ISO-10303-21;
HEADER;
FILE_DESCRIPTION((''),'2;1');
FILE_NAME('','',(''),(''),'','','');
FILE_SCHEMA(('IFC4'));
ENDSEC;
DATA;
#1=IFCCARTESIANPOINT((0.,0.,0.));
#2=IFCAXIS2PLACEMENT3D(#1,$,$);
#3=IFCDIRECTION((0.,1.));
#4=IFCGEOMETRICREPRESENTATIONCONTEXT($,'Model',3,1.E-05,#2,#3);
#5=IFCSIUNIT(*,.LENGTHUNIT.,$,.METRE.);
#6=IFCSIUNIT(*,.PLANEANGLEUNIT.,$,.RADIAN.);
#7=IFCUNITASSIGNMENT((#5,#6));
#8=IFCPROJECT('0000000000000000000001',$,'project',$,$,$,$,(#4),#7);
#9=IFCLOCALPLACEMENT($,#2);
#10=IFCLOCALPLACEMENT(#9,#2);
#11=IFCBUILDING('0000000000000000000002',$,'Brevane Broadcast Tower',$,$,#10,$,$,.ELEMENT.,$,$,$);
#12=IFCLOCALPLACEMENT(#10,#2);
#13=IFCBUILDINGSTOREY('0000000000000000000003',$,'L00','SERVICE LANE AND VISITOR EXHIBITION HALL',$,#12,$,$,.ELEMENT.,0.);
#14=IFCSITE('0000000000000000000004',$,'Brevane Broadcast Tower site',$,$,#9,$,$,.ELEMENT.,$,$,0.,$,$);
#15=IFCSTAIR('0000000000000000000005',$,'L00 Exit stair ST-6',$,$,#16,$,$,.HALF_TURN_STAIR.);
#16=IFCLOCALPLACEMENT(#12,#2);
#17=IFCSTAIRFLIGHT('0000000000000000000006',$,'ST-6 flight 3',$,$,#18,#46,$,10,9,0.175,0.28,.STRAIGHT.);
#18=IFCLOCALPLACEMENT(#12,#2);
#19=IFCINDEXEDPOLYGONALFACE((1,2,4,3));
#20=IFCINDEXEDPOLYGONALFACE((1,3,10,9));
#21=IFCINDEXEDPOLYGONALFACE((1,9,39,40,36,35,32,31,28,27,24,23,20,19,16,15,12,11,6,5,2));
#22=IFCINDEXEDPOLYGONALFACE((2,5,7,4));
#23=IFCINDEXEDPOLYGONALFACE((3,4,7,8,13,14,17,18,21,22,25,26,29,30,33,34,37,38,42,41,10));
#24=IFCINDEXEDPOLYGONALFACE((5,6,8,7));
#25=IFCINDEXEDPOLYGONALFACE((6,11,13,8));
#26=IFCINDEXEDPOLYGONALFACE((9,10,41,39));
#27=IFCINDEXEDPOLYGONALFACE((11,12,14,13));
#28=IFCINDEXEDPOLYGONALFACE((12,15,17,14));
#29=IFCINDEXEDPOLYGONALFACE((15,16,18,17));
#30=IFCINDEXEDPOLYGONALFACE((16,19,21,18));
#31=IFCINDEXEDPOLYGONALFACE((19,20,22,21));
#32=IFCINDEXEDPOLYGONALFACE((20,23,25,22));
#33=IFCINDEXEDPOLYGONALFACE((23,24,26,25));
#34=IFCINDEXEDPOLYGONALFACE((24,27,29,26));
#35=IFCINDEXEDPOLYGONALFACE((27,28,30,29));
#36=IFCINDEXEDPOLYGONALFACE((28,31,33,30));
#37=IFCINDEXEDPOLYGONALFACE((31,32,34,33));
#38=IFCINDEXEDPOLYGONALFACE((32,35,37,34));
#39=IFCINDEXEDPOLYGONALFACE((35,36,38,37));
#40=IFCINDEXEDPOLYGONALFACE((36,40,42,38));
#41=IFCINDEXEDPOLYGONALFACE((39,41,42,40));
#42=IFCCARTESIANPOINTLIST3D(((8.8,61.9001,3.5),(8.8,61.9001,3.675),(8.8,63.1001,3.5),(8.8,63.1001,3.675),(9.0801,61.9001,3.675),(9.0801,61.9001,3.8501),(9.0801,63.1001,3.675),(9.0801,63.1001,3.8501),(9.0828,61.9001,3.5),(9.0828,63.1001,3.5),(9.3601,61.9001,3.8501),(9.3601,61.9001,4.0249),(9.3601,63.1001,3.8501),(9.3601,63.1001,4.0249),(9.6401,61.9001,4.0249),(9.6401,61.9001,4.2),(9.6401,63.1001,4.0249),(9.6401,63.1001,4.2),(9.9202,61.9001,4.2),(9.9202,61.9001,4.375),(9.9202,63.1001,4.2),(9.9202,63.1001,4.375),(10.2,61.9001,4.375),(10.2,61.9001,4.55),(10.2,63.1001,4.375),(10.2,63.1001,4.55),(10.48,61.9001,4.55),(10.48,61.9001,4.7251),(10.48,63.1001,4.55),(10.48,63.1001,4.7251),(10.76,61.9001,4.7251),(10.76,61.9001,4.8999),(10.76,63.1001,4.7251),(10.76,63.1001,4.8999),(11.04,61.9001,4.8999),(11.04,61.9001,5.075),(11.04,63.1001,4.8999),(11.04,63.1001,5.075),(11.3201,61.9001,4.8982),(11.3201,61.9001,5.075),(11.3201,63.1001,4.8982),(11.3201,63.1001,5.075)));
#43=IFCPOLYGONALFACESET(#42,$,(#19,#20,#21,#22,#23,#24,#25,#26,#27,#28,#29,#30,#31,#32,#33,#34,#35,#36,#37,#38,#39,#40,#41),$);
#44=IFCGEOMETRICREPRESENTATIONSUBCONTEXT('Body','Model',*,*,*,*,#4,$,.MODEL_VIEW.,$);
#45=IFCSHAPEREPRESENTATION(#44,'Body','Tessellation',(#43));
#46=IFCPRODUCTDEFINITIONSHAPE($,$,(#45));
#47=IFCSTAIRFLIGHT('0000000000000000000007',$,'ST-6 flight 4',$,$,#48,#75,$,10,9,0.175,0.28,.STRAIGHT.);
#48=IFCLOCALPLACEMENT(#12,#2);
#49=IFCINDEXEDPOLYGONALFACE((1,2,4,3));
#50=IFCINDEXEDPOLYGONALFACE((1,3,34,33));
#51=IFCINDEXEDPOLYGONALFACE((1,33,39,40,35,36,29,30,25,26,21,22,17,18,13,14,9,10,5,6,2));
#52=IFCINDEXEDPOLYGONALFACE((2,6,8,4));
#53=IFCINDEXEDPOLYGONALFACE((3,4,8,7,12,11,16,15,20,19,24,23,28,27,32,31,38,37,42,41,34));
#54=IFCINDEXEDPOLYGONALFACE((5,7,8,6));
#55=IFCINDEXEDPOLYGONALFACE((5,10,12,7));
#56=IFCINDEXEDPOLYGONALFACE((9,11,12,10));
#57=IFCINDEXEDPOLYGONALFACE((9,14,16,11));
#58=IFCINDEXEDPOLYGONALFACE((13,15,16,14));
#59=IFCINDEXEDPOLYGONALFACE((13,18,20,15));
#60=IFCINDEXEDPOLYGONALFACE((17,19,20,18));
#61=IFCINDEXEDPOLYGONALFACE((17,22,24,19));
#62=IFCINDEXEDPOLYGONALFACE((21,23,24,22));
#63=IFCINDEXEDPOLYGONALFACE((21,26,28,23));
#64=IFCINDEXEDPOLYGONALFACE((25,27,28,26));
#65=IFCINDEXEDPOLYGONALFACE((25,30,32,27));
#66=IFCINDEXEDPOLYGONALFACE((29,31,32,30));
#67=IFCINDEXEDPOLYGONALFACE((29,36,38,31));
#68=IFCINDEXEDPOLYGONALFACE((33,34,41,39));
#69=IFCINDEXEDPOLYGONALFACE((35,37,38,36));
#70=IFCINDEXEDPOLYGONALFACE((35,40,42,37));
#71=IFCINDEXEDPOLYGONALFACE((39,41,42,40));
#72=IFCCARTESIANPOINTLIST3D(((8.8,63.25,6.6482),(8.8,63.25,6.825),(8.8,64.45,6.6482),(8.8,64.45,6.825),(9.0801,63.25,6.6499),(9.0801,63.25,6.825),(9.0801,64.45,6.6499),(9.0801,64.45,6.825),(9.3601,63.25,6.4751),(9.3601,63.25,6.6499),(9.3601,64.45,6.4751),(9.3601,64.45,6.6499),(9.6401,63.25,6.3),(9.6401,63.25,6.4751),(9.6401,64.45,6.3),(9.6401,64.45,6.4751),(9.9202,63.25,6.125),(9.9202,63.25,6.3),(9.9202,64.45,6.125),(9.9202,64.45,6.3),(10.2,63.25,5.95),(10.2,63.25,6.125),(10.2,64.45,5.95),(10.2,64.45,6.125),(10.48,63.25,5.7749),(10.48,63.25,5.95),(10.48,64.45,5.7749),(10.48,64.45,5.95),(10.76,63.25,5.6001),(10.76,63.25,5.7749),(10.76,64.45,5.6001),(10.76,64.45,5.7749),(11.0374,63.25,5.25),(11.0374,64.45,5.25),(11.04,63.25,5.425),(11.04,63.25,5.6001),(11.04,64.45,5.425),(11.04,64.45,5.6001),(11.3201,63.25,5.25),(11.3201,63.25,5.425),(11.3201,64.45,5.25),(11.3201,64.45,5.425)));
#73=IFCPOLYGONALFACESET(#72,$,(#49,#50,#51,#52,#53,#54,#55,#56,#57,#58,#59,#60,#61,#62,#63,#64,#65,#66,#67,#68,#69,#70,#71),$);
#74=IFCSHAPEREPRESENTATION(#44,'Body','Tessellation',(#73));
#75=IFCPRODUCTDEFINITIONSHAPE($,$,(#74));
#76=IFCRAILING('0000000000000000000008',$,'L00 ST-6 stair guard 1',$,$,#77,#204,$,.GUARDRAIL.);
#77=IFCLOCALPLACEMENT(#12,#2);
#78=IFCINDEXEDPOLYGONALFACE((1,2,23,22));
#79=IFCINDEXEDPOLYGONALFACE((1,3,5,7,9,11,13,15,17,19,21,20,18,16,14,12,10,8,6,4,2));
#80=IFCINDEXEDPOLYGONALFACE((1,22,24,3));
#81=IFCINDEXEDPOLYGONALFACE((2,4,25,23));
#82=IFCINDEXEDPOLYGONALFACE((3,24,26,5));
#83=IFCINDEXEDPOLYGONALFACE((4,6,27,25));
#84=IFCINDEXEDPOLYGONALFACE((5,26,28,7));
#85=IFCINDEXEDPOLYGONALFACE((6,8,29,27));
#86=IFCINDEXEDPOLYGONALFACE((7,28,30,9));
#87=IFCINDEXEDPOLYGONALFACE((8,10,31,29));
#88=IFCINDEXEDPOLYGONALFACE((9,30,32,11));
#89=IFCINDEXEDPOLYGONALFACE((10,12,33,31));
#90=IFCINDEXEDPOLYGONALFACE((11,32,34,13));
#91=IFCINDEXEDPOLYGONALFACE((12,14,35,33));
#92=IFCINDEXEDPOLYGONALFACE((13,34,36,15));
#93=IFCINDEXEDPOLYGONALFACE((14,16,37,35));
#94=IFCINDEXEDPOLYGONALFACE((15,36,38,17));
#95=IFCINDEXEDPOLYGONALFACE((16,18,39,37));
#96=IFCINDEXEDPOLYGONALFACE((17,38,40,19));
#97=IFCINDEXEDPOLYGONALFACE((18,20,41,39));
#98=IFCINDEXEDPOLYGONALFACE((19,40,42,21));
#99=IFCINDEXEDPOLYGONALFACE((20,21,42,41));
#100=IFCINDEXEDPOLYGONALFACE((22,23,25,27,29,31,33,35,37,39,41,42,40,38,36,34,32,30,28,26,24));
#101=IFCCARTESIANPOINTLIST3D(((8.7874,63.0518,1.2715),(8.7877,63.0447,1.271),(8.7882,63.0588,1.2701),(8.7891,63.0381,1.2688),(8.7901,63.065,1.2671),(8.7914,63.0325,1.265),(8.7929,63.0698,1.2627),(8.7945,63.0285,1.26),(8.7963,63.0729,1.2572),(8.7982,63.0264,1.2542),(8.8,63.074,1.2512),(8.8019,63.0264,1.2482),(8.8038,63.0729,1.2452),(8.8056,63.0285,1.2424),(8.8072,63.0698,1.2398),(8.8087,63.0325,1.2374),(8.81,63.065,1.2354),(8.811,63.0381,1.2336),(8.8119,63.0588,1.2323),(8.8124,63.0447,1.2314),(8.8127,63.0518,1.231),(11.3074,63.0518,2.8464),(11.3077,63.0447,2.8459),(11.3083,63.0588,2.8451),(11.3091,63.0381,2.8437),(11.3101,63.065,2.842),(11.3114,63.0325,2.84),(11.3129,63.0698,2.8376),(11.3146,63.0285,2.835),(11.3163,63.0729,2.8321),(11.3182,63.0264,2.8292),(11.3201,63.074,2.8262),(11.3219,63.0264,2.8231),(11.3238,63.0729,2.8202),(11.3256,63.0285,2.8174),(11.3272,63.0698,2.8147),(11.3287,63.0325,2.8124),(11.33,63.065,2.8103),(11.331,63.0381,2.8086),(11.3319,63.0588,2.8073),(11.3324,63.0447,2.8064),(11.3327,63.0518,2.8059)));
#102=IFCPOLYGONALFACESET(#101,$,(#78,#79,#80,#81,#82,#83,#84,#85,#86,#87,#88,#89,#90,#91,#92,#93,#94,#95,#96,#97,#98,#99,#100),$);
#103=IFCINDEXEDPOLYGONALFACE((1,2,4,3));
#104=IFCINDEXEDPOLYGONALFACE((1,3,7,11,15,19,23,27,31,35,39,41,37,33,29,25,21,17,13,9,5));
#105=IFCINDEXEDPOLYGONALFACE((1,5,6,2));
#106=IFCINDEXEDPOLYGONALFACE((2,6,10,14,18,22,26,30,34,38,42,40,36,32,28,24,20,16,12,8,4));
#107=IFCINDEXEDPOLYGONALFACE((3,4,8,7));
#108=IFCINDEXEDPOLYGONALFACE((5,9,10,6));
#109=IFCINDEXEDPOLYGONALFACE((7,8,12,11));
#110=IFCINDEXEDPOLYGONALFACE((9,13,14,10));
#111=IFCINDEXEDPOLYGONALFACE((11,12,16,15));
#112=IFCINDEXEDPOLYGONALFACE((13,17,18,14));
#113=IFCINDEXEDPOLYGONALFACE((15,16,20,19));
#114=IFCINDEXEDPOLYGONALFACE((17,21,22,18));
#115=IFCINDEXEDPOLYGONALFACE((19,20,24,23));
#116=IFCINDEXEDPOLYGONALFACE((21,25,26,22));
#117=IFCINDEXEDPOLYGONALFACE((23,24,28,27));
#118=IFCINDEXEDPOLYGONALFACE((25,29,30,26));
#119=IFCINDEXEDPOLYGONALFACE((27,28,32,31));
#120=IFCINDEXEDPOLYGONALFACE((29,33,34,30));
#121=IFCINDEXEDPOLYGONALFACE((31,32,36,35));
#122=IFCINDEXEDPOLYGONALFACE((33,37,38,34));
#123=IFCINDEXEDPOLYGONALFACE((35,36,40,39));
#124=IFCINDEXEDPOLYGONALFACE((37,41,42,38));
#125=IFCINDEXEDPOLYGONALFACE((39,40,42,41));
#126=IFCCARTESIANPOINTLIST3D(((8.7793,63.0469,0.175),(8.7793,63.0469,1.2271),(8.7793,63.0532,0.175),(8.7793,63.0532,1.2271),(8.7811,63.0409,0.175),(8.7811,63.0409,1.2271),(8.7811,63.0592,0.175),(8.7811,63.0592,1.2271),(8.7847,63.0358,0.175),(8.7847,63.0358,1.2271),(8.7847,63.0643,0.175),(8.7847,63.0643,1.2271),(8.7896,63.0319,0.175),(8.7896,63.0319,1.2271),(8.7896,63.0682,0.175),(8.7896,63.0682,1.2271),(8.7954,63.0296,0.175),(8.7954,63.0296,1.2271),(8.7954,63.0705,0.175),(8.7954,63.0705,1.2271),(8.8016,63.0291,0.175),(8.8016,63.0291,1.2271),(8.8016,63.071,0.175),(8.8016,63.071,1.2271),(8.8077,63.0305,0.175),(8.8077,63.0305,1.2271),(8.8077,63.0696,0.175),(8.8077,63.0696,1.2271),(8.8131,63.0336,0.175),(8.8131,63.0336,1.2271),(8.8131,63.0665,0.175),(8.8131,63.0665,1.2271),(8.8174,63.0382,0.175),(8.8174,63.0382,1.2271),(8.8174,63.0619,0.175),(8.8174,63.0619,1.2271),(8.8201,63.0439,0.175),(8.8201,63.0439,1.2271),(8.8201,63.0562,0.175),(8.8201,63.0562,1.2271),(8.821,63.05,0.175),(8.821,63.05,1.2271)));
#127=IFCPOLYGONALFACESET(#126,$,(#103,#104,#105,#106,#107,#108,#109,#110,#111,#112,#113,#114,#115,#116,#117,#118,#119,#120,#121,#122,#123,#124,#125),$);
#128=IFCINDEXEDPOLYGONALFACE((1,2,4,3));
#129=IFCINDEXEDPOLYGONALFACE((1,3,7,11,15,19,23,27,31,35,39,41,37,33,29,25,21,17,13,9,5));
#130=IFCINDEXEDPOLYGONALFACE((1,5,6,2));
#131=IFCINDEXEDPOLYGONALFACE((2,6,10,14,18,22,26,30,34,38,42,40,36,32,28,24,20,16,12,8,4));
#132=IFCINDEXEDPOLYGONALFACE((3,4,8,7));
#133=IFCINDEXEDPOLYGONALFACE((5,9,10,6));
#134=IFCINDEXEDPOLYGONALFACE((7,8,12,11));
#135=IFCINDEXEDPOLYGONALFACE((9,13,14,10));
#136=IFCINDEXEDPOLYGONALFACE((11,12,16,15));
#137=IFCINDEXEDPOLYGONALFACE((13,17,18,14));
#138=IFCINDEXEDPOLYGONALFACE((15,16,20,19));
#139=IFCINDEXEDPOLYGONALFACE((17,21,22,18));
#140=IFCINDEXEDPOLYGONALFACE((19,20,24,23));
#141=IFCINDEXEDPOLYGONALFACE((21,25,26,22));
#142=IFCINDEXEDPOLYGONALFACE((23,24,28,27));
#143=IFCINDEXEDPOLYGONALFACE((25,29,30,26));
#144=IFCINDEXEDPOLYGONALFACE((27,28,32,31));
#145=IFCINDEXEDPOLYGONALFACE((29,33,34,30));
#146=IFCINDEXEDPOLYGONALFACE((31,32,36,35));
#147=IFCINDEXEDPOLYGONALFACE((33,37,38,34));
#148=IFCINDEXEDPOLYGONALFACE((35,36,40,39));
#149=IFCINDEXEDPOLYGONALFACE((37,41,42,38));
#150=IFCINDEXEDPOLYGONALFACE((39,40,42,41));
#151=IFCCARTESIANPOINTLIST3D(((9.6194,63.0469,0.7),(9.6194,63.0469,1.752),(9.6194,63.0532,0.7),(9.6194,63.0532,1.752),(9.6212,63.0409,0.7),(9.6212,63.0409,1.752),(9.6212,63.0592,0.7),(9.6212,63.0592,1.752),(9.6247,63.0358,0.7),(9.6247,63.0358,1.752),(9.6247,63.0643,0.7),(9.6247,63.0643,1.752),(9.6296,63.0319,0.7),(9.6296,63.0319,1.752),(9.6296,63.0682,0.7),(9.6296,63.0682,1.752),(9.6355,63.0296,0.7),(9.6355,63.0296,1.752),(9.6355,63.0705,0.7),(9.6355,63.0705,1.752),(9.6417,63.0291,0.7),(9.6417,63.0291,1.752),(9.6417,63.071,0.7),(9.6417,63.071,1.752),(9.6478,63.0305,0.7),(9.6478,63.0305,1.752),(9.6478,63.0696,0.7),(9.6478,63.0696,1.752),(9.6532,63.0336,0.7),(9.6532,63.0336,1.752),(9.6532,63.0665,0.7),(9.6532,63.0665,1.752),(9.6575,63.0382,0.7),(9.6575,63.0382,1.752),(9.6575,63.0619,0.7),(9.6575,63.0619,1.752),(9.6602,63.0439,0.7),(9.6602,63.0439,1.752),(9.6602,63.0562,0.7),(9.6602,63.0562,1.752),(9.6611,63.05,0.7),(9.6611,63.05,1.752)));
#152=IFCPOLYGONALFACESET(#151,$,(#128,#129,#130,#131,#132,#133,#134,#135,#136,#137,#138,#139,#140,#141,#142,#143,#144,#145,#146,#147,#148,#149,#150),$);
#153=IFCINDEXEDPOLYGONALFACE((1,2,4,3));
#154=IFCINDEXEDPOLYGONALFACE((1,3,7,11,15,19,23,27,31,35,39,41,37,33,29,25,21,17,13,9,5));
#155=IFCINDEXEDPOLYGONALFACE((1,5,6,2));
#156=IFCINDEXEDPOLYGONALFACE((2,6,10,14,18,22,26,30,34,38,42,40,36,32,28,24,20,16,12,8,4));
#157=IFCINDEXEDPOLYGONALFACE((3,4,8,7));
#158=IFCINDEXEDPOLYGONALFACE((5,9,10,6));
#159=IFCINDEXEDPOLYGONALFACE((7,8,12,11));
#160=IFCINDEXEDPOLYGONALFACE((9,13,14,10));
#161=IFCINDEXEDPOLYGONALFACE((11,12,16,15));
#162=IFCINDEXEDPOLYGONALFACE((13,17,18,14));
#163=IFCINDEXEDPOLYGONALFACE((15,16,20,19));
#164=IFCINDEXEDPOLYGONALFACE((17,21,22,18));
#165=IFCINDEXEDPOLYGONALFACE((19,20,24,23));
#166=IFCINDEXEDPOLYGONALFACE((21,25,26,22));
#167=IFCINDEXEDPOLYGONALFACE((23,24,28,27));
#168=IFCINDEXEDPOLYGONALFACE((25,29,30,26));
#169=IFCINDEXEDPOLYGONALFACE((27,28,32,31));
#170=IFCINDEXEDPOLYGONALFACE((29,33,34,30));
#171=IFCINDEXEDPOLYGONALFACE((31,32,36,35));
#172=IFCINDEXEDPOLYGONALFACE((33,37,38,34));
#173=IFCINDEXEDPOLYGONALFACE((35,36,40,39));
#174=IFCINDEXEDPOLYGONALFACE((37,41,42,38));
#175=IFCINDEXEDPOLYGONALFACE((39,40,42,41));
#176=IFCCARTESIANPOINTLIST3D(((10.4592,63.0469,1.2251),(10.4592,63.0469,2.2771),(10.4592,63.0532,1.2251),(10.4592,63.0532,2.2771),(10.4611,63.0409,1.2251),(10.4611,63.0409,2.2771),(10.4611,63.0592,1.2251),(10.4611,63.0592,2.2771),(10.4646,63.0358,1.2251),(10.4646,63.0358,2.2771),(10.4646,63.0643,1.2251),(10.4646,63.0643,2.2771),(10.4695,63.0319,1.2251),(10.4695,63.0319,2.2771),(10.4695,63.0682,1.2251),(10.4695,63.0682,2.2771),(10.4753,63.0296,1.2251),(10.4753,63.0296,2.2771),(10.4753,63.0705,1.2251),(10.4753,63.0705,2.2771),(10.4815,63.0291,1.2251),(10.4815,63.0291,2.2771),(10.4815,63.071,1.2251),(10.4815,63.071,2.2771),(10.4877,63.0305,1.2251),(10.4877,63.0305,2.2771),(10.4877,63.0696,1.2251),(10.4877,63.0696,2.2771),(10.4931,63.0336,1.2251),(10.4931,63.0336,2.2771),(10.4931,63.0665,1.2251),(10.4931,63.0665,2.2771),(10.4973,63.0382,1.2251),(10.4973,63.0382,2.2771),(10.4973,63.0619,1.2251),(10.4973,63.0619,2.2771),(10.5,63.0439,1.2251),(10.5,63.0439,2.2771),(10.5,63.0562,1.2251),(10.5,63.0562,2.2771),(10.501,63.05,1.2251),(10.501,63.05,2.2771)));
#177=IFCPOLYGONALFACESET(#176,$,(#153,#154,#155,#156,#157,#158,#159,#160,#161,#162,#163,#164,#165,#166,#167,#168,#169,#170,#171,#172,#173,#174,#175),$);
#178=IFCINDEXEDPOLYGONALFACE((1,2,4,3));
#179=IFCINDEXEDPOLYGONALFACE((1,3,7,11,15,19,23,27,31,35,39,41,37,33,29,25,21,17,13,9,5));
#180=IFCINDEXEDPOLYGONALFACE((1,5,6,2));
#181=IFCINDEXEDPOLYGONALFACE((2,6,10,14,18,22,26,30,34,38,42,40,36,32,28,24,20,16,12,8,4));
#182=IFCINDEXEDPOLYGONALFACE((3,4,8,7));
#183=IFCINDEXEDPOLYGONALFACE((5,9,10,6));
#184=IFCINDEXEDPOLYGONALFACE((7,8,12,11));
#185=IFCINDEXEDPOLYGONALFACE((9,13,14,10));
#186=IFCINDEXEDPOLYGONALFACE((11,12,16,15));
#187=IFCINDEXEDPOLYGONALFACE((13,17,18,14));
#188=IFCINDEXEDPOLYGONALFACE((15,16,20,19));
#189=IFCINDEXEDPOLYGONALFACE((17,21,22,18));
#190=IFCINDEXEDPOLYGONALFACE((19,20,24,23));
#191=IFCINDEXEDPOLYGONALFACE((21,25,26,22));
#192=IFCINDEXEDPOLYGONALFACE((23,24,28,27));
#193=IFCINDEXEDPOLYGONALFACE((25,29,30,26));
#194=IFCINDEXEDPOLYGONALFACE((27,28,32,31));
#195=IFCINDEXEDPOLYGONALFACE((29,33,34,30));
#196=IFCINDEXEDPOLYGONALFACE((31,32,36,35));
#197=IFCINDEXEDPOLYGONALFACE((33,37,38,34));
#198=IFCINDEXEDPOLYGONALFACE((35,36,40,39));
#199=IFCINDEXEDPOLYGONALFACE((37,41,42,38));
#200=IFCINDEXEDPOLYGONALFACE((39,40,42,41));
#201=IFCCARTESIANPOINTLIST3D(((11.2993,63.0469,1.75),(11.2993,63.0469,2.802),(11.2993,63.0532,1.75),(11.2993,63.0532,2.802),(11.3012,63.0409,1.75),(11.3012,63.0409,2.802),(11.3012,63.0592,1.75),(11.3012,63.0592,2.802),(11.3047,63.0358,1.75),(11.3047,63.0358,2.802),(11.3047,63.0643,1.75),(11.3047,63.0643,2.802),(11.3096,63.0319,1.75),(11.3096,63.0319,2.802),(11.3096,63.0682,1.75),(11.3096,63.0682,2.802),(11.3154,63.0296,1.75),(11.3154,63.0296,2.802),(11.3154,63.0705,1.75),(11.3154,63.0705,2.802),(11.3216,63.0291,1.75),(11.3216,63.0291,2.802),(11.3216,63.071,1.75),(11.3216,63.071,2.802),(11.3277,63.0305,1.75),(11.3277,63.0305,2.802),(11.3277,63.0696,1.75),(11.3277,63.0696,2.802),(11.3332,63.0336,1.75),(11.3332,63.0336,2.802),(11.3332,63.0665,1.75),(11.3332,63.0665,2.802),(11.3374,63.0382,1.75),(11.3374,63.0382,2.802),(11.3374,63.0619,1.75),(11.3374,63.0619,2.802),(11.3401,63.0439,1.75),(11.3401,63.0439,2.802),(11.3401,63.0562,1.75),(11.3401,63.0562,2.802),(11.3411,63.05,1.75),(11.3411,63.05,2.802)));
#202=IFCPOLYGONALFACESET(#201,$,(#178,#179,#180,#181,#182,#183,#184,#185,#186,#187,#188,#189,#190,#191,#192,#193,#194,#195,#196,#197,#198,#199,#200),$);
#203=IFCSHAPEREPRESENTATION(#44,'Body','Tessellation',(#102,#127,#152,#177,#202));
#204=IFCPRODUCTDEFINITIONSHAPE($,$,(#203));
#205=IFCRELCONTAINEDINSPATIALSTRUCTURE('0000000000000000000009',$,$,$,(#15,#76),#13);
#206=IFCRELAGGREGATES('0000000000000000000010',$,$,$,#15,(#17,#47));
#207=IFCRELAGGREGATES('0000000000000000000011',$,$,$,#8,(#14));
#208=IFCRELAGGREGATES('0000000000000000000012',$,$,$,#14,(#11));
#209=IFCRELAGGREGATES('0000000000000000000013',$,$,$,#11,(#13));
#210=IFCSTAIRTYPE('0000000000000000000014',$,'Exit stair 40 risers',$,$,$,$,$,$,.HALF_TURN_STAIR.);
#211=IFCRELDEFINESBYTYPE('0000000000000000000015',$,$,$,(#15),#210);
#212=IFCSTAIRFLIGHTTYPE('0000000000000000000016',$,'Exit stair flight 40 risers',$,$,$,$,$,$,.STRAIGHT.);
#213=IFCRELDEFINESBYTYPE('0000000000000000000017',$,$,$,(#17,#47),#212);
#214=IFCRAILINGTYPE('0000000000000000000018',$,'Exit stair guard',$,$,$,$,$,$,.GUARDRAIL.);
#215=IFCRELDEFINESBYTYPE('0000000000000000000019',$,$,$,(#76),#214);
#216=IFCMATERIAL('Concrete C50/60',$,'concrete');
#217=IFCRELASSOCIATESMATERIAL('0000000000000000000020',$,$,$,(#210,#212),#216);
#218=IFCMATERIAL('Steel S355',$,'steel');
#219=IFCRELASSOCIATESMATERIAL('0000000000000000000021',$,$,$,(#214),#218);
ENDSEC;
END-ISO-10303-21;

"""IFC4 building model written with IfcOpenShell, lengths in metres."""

from ifc_helpers import new_model, si_unit, direction, frame, origin, origin_2d, place, context, subcontext, project, spatial, polyline, circle, outline, extrude, material, type_object, element, aggregate, save


model = new_model("IFC4")

# Units and contexts
model_context = context("Model", 3, precision=1e-05, world=origin(), true_north=direction((0.0, 1.0)))
body_context = subcontext(model_context, "Body", "Model", "MODEL_VIEW")
ifc_project = project(units=[si_unit("LENGTHUNIT", "METRE"), si_unit("PLANEANGLEUNIT", "RADIAN")], contexts=[model_context])

# Site, building, storey
site_placement = place(None, origin())
site = spatial("IfcSite", under=ifc_project, at=site_placement, Name="Brevane Broadcast Tower site", CompositionType="ELEMENT", RefElevation=0.0)
building_placement = place(site_placement, origin())
building = spatial("IfcBuilding", under=site, at=building_placement, Name="Brevane Broadcast Tower", CompositionType="ELEMENT")
storey_placement = place(building_placement, origin())
storey = spatial("IfcBuildingStorey", under=building, at=storey_placement, Name="L00", Description="SERVICE LANE AND VISITOR EXHIBITION HALL", CompositionType="ELEMENT", Elevation=0.0)

# Stair, stair flights
ifc_material_1 = material(Name="Concrete C50/60", Category="concrete")
stair_type = type_object("IfcStairType", Name="Exit stair 40 risers", PredefinedType="HALF_TURN_STAIR", material=ifc_material_1)
stair_placement = place(storey_placement, origin())
stair = element("IfcStair", 1, at=stair_placement, inside=storey, type_object=stair_type, Name="L00 Exit stair ST-6", PredefinedType="HALF_TURN_STAIR")
stair_flight_type = type_object("IfcStairFlightType", Name="Exit stair flight 40 risers", PredefinedType="STRAIGHT", material=ifc_material_1)
stair_flight_1_placement = place(storey_placement, frame((8.8, 62.5, 3.5), z_axis=(0.0, 0.0, 1.0), x_axis=(1.0, 0.0, 0.0)))
stair_flight_1 = element("IfcStairFlight", 2, at=stair_flight_1_placement, type_object=stair_flight_type, Name="ST-6 flight 3", NumberOfRisers=10, NumberOfTreads=9, PredefinedType="STRAIGHT", RiserHeight=0.175, TreadLength=0.28, context=body_context, shape_type="SweptSolid", body=[
    extrude(outline(polyline([(0.0, 0.0), (0.0, 0.175), (0.28, 0.175), (0.28, 0.3501), (0.5601, 0.3501), (0.5601, 0.5249), (0.8401, 0.5249), (0.8401, 0.7), (1.1201, 0.7), (1.1201, 0.875), (1.3999, 0.875), (1.3999, 1.05), (1.6799, 1.05), (1.6799, 1.2251), (1.96, 1.2251), (1.96, 1.3999), (2.24, 1.3999), (2.24, 1.575), (2.52, 1.575), (2.52, 1.75), (2.52, 1.3982), (0.2827, 0.0), (0.0, 0.0)])), frame((0.0, 0.6001, 0.0), z_axis=(0.0, -1.0, 0.0), x_axis=(1.0, 0.0, 0.0)), (0.0, 0.0, 1.0), 1.2),
])
stair_flight_2_placement = place(storey_placement, frame((11.3201, 63.8501, 5.25), z_axis=(0.0, 0.0, 1.0), x_axis=(-1.0, 0.0, 0.0)))
stair_flight_2 = element("IfcStairFlight", 3, at=stair_flight_2_placement, type_object=stair_flight_type, Name="ST-6 flight 4", NumberOfRisers=10, NumberOfTreads=9, PredefinedType="STRAIGHT", RiserHeight=0.175, TreadLength=0.28, context=body_context, shape_type="SweptSolid", body=[
    extrude(outline(polyline([(0.0, 0.0), (0.0, 0.175), (0.28, 0.175), (0.28, 0.3501), (0.5601, 0.3501), (0.5601, 0.5249), (0.8401, 0.5249), (0.8401, 0.7), (1.1201, 0.7), (1.1201, 0.875), (1.3999, 0.875), (1.3999, 1.05), (1.6799, 1.05), (1.6799, 1.2251), (1.96, 1.2251), (1.96, 1.3999), (2.24, 1.3999), (2.24, 1.575), (2.52, 1.575), (2.52, 1.75), (2.52, 1.3982), (0.2827, 0.0), (0.0, 0.0)])), frame((0.0, 0.6001, 0.0), z_axis=(0.0, -1.0, 0.0), x_axis=(1.0, 0.0, 0.0)), (0.0, 0.0, 1.0), 1.2),
])
aggregate(stair, [stair_flight_1, stair_flight_2])

# Railing
ifc_material_2 = material(Name="Steel S355", Category="steel")
railing_type_1 = type_object("IfcRailingType", Name="Exit stair guard", PredefinedType="GUARDRAIL", material=ifc_material_2)
railing_1_placement = place(storey_placement, frame((8.8, 63.05, 0.175)))
element("IfcRailing", 4, at=railing_1_placement, inside=storey, type_object=railing_type_1, Name="L00 ST-6 stair guard 1", PredefinedType="GUARDRAIL", context=body_context, shape_type="SweptSolid", body=[
    extrude(circle(Radius=0.0239, at=origin_2d()), frame((0.0, 0.0, 1.0762), z_axis=(0.848008, 0.0, 0.529984), x_axis=(0.0, 1.0, 0.0)), (0.0, 0.0, 1.0), 2.9717),
    extrude(circle(Radius=0.021, at=origin_2d()), origin(), (0.0, 0.0, 1.0), 1.052),
    extrude(circle(Radius=0.021, at=origin_2d()), frame((0.8401, 0.0, 0.5249)), (0.0, 0.0, 1.0), 1.052),
    extrude(circle(Radius=0.021, at=origin_2d()), frame((1.6799, 0.0, 1.05)), (0.0, 0.0, 1.0), 1.052),
    extrude(circle(Radius=0.021, at=origin_2d()), frame((2.52, 0.0, 1.575)), (0.0, 0.0, 1.0), 1.052),
])

save(model, "model.ifc")
